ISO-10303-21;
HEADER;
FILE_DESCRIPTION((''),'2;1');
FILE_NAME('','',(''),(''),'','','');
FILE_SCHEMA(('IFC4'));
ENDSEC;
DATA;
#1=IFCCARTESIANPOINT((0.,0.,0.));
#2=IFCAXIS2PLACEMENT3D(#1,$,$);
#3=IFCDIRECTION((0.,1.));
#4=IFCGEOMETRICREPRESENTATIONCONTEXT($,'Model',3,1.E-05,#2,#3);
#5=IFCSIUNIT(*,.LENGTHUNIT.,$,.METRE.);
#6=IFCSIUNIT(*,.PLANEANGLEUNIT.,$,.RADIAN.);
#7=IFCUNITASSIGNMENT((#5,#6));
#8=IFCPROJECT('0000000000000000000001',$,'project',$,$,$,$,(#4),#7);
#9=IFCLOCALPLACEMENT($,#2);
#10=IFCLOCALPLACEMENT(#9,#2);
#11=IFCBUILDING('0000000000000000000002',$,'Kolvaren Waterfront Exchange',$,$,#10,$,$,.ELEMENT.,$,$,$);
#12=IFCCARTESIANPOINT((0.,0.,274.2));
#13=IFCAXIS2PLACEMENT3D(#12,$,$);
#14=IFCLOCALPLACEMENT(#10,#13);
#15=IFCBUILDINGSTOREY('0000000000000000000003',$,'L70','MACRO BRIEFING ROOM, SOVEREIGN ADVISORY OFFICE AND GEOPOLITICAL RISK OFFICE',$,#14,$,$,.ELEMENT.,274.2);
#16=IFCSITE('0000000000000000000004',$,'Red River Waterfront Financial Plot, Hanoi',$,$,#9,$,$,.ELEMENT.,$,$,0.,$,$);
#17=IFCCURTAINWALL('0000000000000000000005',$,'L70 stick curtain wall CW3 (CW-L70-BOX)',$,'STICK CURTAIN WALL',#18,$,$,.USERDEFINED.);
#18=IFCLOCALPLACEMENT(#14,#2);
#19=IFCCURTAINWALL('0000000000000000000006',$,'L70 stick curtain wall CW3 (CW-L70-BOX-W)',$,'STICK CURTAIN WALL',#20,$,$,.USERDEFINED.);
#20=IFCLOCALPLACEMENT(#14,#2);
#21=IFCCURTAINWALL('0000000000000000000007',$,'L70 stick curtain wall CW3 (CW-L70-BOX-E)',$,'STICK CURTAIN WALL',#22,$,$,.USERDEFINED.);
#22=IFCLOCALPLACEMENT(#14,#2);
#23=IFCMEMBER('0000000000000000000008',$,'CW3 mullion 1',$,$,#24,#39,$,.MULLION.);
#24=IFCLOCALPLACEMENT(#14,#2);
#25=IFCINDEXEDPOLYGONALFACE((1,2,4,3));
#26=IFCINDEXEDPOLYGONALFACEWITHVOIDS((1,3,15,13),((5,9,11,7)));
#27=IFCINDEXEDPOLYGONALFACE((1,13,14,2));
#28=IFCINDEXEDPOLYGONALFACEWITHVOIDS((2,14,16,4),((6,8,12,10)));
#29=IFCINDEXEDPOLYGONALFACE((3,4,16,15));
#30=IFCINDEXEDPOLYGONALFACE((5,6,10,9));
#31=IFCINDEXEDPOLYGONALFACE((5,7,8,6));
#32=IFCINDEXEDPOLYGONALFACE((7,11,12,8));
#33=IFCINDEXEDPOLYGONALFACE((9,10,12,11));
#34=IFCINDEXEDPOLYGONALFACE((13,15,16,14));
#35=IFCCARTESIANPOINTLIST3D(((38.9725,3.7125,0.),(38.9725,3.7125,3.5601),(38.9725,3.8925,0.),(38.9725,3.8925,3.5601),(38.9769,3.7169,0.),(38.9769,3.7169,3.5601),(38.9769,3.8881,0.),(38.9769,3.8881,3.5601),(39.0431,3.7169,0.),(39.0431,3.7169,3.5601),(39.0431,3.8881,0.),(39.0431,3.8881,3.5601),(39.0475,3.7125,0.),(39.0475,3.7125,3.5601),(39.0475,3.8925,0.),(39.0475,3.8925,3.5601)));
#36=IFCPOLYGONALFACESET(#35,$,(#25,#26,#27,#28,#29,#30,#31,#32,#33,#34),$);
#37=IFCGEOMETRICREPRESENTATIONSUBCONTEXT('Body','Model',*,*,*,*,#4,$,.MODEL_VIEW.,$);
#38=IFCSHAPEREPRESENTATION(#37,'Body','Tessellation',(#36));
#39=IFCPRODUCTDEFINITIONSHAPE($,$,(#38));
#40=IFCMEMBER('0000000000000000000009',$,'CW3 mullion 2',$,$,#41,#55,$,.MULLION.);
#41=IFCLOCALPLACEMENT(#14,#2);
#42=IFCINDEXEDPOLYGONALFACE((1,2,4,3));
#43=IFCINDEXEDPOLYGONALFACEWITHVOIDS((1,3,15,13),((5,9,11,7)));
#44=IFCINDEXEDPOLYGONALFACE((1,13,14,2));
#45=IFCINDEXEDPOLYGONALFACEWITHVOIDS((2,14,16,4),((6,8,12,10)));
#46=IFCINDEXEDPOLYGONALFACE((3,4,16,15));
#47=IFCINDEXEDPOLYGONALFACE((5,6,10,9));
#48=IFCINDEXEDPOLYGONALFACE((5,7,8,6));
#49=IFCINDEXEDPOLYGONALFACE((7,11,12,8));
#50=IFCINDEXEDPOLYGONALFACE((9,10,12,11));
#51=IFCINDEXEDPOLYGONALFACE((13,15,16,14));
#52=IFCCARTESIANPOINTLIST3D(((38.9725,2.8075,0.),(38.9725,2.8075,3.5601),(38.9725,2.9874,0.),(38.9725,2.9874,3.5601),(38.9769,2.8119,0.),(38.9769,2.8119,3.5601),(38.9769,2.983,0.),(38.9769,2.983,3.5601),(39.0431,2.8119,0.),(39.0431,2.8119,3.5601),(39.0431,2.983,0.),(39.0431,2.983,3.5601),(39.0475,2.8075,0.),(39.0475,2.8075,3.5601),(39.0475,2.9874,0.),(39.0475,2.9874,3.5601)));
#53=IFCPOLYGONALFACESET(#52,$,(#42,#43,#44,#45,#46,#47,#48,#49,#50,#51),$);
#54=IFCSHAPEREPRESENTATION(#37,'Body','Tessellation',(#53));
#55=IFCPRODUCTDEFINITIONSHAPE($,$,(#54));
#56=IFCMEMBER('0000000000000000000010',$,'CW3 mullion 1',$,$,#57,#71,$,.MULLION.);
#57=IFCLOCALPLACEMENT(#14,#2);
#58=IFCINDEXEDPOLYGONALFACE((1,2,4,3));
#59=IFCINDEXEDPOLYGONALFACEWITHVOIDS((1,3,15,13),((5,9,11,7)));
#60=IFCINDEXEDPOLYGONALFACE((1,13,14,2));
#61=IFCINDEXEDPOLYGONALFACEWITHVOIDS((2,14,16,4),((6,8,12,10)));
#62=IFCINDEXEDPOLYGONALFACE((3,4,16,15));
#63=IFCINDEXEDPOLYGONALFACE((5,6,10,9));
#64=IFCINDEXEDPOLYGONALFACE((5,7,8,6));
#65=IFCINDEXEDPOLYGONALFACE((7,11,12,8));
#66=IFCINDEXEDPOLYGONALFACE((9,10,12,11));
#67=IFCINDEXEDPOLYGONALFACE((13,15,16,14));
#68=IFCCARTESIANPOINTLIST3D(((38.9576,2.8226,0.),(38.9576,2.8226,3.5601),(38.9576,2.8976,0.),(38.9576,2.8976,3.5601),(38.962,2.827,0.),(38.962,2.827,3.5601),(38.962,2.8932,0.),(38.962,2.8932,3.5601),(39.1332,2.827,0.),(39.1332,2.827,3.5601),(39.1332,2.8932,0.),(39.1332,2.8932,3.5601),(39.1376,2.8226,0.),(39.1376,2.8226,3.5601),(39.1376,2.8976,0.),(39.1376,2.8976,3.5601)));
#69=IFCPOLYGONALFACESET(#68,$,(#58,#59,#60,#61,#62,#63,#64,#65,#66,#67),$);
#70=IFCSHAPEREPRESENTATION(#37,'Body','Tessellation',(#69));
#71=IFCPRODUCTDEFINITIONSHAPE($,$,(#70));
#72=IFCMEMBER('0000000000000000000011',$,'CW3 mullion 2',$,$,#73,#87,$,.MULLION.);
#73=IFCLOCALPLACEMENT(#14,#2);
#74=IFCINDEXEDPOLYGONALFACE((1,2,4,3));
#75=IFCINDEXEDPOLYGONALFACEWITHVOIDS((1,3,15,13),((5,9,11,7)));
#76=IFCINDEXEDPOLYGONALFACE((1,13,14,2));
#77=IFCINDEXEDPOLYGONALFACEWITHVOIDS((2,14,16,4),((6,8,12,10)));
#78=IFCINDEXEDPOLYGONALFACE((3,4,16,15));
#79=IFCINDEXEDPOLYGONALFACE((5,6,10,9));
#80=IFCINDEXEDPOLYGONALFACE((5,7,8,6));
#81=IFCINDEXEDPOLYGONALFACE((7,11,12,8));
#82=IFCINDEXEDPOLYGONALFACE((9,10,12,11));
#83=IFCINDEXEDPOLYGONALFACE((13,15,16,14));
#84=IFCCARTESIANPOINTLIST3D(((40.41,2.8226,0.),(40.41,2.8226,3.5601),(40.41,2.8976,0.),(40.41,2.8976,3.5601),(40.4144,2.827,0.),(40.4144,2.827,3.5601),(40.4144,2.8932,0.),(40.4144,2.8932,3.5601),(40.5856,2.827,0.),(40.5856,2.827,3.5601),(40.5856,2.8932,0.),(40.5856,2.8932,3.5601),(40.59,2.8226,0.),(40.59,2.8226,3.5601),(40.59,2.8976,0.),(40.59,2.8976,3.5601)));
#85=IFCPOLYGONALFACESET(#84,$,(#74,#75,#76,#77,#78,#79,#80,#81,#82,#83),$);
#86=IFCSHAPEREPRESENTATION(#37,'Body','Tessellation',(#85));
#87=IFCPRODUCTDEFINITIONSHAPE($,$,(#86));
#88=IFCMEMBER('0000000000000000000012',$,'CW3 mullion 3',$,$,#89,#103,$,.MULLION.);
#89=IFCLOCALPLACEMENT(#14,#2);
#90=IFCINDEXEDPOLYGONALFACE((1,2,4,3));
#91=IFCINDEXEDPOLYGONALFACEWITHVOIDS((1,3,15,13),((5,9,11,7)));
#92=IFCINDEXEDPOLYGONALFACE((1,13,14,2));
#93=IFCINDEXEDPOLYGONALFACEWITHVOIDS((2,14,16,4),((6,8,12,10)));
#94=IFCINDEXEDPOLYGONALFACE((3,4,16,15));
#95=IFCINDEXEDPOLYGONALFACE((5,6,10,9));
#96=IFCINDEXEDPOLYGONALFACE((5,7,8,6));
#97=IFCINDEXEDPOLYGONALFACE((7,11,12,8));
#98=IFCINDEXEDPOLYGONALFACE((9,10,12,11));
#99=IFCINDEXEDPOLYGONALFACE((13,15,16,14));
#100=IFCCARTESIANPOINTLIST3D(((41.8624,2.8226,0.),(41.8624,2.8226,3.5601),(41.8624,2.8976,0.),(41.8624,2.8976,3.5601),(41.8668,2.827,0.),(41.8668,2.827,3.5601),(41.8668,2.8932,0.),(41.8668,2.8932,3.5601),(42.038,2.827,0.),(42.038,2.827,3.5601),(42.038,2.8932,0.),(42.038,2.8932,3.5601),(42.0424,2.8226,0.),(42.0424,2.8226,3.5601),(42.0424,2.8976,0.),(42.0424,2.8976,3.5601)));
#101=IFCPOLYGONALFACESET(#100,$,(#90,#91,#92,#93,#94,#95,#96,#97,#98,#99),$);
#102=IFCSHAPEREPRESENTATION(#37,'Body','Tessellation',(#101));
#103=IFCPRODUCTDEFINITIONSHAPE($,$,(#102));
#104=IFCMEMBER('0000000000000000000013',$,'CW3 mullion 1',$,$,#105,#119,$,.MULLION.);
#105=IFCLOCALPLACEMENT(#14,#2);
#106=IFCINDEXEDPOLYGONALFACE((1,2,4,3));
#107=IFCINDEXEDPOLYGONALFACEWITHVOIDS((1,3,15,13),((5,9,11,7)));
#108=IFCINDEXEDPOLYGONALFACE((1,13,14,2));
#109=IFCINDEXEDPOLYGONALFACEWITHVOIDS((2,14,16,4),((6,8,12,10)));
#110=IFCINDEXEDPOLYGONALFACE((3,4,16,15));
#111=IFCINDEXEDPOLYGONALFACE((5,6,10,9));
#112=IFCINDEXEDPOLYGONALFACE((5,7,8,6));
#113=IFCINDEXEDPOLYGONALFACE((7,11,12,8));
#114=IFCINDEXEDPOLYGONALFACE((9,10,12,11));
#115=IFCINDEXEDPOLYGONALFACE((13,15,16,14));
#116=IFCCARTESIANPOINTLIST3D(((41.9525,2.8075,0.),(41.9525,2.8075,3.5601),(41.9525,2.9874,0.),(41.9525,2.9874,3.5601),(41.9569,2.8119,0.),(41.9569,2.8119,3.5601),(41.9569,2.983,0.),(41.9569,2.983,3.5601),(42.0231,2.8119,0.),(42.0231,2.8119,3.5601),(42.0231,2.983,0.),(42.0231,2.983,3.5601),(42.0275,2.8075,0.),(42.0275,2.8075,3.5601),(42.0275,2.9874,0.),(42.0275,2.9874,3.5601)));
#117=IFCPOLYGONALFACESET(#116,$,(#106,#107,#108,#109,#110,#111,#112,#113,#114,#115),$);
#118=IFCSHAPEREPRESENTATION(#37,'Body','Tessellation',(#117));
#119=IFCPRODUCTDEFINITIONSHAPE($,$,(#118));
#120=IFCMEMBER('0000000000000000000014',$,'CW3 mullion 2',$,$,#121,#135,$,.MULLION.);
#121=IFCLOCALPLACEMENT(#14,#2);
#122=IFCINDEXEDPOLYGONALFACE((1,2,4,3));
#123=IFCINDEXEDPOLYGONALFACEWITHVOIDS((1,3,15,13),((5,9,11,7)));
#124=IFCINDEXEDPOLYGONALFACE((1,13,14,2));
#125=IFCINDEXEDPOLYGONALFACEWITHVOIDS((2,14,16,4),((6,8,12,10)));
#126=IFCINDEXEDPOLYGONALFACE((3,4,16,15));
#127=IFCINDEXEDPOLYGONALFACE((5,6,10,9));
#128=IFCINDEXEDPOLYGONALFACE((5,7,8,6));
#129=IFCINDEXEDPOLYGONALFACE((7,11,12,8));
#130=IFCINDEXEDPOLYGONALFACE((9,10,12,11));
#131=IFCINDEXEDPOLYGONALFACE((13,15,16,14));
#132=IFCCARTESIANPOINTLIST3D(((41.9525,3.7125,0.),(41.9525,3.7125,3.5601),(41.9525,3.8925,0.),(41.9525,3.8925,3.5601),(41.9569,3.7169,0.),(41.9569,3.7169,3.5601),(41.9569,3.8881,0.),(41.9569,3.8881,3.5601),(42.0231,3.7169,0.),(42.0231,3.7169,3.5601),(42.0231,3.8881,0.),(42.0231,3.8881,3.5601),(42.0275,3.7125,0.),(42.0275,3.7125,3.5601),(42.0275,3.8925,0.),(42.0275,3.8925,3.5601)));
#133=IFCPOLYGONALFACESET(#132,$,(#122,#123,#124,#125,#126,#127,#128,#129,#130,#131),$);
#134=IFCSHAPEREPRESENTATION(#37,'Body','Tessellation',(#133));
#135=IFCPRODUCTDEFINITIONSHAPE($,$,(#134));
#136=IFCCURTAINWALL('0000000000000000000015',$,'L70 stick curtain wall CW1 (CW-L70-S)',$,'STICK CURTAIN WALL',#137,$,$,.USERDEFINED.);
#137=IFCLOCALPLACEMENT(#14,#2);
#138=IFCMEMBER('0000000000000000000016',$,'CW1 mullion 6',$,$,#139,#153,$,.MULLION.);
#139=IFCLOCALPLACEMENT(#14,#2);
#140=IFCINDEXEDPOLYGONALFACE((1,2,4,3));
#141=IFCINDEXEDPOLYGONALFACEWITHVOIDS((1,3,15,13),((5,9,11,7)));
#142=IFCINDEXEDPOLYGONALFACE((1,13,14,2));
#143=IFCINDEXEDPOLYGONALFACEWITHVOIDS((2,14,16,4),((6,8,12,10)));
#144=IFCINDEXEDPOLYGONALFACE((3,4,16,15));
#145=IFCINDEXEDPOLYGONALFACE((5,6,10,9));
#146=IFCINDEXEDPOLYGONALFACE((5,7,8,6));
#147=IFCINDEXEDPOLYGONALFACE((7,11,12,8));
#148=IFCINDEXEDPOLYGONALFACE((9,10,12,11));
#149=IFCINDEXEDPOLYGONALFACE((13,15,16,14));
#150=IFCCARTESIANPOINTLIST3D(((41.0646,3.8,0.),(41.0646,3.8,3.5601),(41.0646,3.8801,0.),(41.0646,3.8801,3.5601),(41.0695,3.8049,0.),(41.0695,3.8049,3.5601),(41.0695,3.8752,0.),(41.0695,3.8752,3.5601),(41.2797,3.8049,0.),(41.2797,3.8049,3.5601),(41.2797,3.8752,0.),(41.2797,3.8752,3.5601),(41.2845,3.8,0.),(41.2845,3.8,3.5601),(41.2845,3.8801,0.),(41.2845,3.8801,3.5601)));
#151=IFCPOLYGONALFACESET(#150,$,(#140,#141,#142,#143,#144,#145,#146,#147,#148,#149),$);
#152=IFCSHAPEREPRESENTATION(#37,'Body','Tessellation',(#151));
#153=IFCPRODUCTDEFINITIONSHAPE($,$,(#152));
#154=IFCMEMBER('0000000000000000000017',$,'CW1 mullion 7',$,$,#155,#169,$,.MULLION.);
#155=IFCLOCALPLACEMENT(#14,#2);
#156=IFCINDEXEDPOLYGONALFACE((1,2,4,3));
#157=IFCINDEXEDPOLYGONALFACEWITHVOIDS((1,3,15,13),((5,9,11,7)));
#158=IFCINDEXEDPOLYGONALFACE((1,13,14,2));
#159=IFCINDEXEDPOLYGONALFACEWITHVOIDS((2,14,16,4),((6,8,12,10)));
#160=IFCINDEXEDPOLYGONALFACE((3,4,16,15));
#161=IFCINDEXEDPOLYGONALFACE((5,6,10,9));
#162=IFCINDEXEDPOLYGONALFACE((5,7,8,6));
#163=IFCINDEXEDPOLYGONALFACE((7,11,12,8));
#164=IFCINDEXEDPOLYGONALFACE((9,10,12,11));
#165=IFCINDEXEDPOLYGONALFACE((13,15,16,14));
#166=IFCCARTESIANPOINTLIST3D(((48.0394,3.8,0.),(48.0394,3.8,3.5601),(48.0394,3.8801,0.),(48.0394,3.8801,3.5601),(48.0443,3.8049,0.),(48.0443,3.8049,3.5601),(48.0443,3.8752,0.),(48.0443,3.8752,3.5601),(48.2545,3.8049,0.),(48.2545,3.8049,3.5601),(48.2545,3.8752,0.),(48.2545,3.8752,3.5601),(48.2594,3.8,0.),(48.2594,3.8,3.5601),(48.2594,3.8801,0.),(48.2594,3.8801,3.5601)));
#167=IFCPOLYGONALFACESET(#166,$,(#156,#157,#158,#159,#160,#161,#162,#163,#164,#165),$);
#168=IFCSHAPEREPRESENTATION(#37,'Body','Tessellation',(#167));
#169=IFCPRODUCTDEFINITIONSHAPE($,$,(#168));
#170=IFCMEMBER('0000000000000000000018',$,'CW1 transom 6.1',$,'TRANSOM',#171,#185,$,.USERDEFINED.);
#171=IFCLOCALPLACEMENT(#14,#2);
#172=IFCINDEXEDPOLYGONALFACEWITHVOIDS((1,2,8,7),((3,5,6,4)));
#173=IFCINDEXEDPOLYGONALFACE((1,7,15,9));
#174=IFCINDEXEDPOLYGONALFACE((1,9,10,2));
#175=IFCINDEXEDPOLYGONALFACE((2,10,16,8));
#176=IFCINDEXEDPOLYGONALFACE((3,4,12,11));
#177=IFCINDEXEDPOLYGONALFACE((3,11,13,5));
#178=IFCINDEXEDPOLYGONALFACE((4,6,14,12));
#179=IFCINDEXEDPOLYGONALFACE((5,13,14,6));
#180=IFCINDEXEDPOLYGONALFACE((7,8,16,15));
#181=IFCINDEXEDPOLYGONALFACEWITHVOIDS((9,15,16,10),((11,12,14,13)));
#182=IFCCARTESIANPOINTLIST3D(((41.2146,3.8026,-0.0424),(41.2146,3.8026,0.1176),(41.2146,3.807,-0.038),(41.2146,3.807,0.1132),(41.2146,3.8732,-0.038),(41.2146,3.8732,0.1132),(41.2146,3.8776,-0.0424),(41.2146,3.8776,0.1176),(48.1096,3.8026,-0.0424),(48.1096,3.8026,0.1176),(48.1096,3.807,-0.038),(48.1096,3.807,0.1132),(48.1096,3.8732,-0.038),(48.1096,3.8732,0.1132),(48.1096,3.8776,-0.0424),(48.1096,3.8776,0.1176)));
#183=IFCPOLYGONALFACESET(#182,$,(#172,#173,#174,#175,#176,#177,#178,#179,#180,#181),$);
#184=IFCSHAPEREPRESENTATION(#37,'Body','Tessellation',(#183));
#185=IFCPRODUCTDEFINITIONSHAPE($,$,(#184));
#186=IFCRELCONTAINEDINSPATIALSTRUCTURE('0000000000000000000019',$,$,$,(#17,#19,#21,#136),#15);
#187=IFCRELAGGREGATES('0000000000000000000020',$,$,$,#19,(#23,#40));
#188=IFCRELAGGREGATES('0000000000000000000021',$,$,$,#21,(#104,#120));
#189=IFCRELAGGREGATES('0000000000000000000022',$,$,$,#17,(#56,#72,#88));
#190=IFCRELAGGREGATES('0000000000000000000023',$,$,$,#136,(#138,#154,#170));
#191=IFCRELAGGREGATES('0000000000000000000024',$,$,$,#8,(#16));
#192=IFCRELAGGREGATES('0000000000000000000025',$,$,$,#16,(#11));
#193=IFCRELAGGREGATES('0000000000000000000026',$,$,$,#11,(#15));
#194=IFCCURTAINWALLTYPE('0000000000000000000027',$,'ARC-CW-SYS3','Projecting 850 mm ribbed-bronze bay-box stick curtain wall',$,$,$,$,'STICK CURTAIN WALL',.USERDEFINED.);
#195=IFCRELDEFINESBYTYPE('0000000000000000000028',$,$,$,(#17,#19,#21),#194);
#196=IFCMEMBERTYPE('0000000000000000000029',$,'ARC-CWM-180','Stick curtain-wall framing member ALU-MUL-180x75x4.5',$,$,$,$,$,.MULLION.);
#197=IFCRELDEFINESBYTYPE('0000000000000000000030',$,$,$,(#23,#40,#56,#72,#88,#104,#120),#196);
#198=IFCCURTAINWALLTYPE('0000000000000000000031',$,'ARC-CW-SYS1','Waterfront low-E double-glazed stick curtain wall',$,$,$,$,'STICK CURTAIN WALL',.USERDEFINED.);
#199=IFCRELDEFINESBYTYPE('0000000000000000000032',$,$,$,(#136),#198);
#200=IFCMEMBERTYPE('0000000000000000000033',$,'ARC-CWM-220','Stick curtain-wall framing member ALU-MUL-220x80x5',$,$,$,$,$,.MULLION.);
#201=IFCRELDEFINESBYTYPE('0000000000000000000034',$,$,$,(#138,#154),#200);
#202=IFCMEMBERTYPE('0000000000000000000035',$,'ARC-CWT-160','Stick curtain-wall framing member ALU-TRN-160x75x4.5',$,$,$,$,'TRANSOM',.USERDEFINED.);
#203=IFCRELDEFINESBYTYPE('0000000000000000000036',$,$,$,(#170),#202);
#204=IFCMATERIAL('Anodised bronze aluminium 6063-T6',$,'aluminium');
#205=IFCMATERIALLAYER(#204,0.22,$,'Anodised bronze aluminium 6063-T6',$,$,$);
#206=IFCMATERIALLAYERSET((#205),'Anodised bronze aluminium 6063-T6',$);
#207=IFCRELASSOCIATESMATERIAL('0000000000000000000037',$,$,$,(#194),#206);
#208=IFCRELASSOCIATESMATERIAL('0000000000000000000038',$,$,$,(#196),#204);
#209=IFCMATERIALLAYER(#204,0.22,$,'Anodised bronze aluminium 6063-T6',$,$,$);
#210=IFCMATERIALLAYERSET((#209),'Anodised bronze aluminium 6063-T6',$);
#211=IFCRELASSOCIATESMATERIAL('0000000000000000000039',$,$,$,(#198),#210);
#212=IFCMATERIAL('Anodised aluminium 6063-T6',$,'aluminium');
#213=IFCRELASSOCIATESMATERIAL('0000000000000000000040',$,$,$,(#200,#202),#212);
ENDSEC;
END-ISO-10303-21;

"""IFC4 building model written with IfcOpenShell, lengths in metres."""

from ifc_helpers import new_model, si_unit, direction, frame, origin, origin_with_axes, origin_2d, place, context, subcontext, project, spatial, hollow_rectangle, extrude, source, transform, mapped, material, layer, layer_set, material_profile, profile_set, type_object, element, aggregate, save


model = new_model("IFC4")

# Units and contexts
model_context = context("Model", 3, precision=1e-05, world=origin(), true_north=direction((0.0, 1.0)))
body_context = subcontext(model_context, "Body", "Model", "MODEL_VIEW")
ifc_project = project(units=[si_unit("LENGTHUNIT", "METRE"), si_unit("PLANEANGLEUNIT", "RADIAN")], contexts=[model_context])

# Site, building, storey
site_placement = place(None, origin())
site = spatial("IfcSite", under=ifc_project, at=site_placement, Name="Red River Waterfront Financial Plot, Hanoi", CompositionType="ELEMENT", RefElevation=0.0)
building_placement = place(site_placement, origin())
building = spatial("IfcBuilding", under=site, at=building_placement, Name="Kolvaren Waterfront Exchange", CompositionType="ELEMENT")
storey_placement = place(building_placement, frame((0.0, 0.0, 274.2)))
storey = spatial("IfcBuildingStorey", under=building, at=storey_placement, Name="L70", Description="MACRO BRIEFING ROOM, SOVEREIGN ADVISORY OFFICE AND GEOPOLITICAL RISK OFFICE", CompositionType="ELEMENT", Elevation=274.2)

# Curtain walls
ifc_material_1 = material(Name="Anodised bronze aluminium 6063-T6", Category="aluminium")
ifc_layer_1 = layer(ifc_material_1, 0.22, Name="Anodised bronze aluminium 6063-T6")
ifc_layer_set_1 = layer_set([ifc_layer_1], Name="Anodised bronze aluminium 6063-T6")
curtain_wall_type_1 = type_object("IfcCurtainWallType", Name="ARC-CW-SYS3", Description="Projecting 850 mm ribbed-bronze bay-box stick curtain wall", ElementType="STICK CURTAIN WALL", PredefinedType="USERDEFINED", material=ifc_layer_set_1)
curtain_wall_1_placement = place(storey_placement, origin())
curtain_wall_1 = element("IfcCurtainWall", 1, at=curtain_wall_1_placement, inside=storey, type_object=curtain_wall_type_1, Name="L70 stick curtain wall CW3 (CW-L70-BOX)", ObjectType="STICK CURTAIN WALL", PredefinedType="USERDEFINED")
curtain_wall_2_placement = place(storey_placement, origin())
curtain_wall_2 = element("IfcCurtainWall", 2, at=curtain_wall_2_placement, inside=storey, type_object=curtain_wall_type_1, Name="L70 stick curtain wall CW3 (CW-L70-BOX-W)", ObjectType="STICK CURTAIN WALL", PredefinedType="USERDEFINED")
curtain_wall_3_placement = place(storey_placement, origin())
curtain_wall_3 = element("IfcCurtainWall", 3, at=curtain_wall_3_placement, inside=storey, type_object=curtain_wall_type_1, Name="L70 stick curtain wall CW3 (CW-L70-BOX-E)", ObjectType="STICK CURTAIN WALL", PredefinedType="USERDEFINED")

# Members
ifc_material_profile_1 = material_profile(ifc_material_1, hollow_rectangle(XDim=0.075, YDim=0.1799, WallThickness=0.0044, at=origin_2d()), Name="ALU-MUL-180x75x4.5")
ifc_profile_set_1 = profile_set([ifc_material_profile_1], Name="Anodised bronze aluminium 6063-T6")
member_type_1 = type_object("IfcMemberType", Name="ARC-CWM-180", Description="Stick curtain-wall framing member ALU-MUL-180x75x4.5", PredefinedType="MULLION", material=ifc_profile_set_1)
shared_shape_1 = source(origin_with_axes(), body_context, "Body", "SweptSolid", [
    extrude(hollow_rectangle(XDim=0.075, YDim=0.1799, WallThickness=0.0044, at=origin_2d()), origin(), (0.0, 0.0, 1.0), 3.5601),
])
member_1_placement = place(storey_placement, frame((39.01, 3.8025, 0.0), z_axis=(0.0, 0.0, 1.0), x_axis=(1.0, 0.0, 0.0)))
member_1 = element("IfcMember", 4, at=member_1_placement, type_object=member_type_1, Name="CW3 mullion 1", PredefinedType="MULLION", context=body_context, shape_type="MappedRepresentation", body=[
    mapped(shared_shape_1, transform((0.0, 0.0, 0.0), x_axis=(1.0, 0.0, 0.0), y_axis=(0.0, 1.0, 0.0), z_axis=(0.0, 0.0, 1.0), scale=1.0)),
])
member_2_placement = place(storey_placement, frame((39.01, 2.8975, 0.0), z_axis=(0.0, 0.0, 1.0), x_axis=(1.0, 0.0, 0.0)))
member_2 = element("IfcMember", 5, at=member_2_placement, type_object=member_type_1, Name="CW3 mullion 2", PredefinedType="MULLION", context=body_context, shape_type="MappedRepresentation", body=[
    mapped(shared_shape_1, transform((0.0, 0.0, 0.0), x_axis=(1.0, 0.0, 0.0), y_axis=(0.0, 1.0, 0.0), z_axis=(0.0, 0.0, 1.0), scale=1.0)),
])
member_3_placement = place(storey_placement, frame((39.0476, 2.8601, 0.0), z_axis=(0.0, 0.0, 1.0), x_axis=(0.0, 1.0, 0.0)))
member_3 = element("IfcMember", 6, at=member_3_placement, type_object=member_type_1, Name="CW3 mullion 1", PredefinedType="MULLION", context=body_context, shape_type="MappedRepresentation", body=[
    mapped(shared_shape_1, transform((0.0, 0.0, 0.0), x_axis=(1.0, 0.0, 0.0), y_axis=(0.0, 1.0, 0.0), z_axis=(0.0, 0.0, 1.0), scale=1.0)),
])
member_4_placement = place(storey_placement, frame((40.5, 2.8601, 0.0), z_axis=(0.0, 0.0, 1.0), x_axis=(0.0, 1.0, 0.0)))
member_4 = element("IfcMember", 7, at=member_4_placement, type_object=member_type_1, Name="CW3 mullion 2", PredefinedType="MULLION", context=body_context, shape_type="MappedRepresentation", body=[
    mapped(shared_shape_1, transform((0.0, 0.0, 0.0), x_axis=(1.0, 0.0, 0.0), y_axis=(0.0, 1.0, 0.0), z_axis=(0.0, 0.0, 1.0), scale=1.0)),
])
member_5_placement = place(storey_placement, frame((41.9524, 2.8601, 0.0), z_axis=(0.0, 0.0, 1.0), x_axis=(0.0, 1.0, 0.0)))
member_5 = element("IfcMember", 8, at=member_5_placement, type_object=member_type_1, Name="CW3 mullion 3", PredefinedType="MULLION", context=body_context, shape_type="MappedRepresentation", body=[
    mapped(shared_shape_1, transform((0.0, 0.0, 0.0), x_axis=(1.0, 0.0, 0.0), y_axis=(0.0, 1.0, 0.0), z_axis=(0.0, 0.0, 1.0), scale=1.0)),
])
member_6_placement = place(storey_placement, frame((41.99, 2.8975, 0.0), z_axis=(0.0, 0.0, 1.0), x_axis=(-1.0, 0.0, 0.0)))
member_6 = element("IfcMember", 9, at=member_6_placement, type_object=member_type_1, Name="CW3 mullion 1", PredefinedType="MULLION", context=body_context, shape_type="MappedRepresentation", body=[
    mapped(shared_shape_1, transform((0.0, 0.0, 0.0), x_axis=(1.0, 0.0, 0.0), y_axis=(0.0, 1.0, 0.0), z_axis=(0.0, 0.0, 1.0), scale=1.0)),
])
member_7_placement = place(storey_placement, frame((41.99, 3.8025, 0.0), z_axis=(0.0, 0.0, 1.0), x_axis=(-1.0, 0.0, 0.0)))
member_7 = element("IfcMember", 10, at=member_7_placement, type_object=member_type_1, Name="CW3 mullion 2", PredefinedType="MULLION", context=body_context, shape_type="MappedRepresentation", body=[
    mapped(shared_shape_1, transform((0.0, 0.0, 0.0), x_axis=(1.0, 0.0, 0.0), y_axis=(0.0, 1.0, 0.0), z_axis=(0.0, 0.0, 1.0), scale=1.0)),
])

# Curtain wall, members
ifc_layer_2 = layer(ifc_material_1, 0.22, Name="Anodised bronze aluminium 6063-T6")
ifc_layer_set_2 = layer_set([ifc_layer_2], Name="Anodised bronze aluminium 6063-T6")
curtain_wall_type_2 = type_object("IfcCurtainWallType", Name="ARC-CW-SYS1", Description="Waterfront low-E double-glazed stick curtain wall", ElementType="STICK CURTAIN WALL", PredefinedType="USERDEFINED", material=ifc_layer_set_2)
curtain_wall_4_placement = place(storey_placement, origin())
curtain_wall_4 = element("IfcCurtainWall", 11, at=curtain_wall_4_placement, inside=storey, type_object=curtain_wall_type_2, Name="L70 stick curtain wall CW1 (CW-L70-S)", ObjectType="STICK CURTAIN WALL", PredefinedType="USERDEFINED")
ifc_material_2 = material(Name="Anodised aluminium 6063-T6", Category="aluminium")
ifc_material_profile_2 = material_profile(ifc_material_2, hollow_rectangle(XDim=0.0801, YDim=0.22, WallThickness=0.0049, at=origin_2d()), Name="ALU-MUL-220x80x5")
ifc_profile_set_2 = profile_set([ifc_material_profile_2], Name="Anodised aluminium 6063-T6")
member_type_2 = type_object("IfcMemberType", Name="ARC-CWM-220", Description="Stick curtain-wall framing member ALU-MUL-220x80x5", PredefinedType="MULLION", material=ifc_profile_set_2)
shared_shape_2 = source(origin_with_axes(), body_context, "Body", "SweptSolid", [
    extrude(hollow_rectangle(XDim=0.0801, YDim=0.22, WallThickness=0.0049, at=origin_2d()), origin(), (0.0, 0.0, 1.0), 3.5601),
])
member_8_placement = place(storey_placement, frame((41.1746, 3.8401, 0.0), z_axis=(0.0, 0.0, 1.0), x_axis=(0.0, 1.0, 0.0)))
member_8 = element("IfcMember", 12, at=member_8_placement, type_object=member_type_2, Name="CW1 mullion 6", PredefinedType="MULLION", context=body_context, shape_type="MappedRepresentation", body=[
    mapped(shared_shape_2, transform((0.0, 0.0, 0.0), x_axis=(1.0, 0.0, 0.0), y_axis=(0.0, 1.0, 0.0), z_axis=(0.0, 0.0, 1.0), scale=1.0)),
])
member_9_placement = place(storey_placement, frame((48.1494, 3.8401, 0.0), z_axis=(0.0, 0.0, 1.0), x_axis=(0.0, 1.0, 0.0)))
member_9 = element("IfcMember", 13, at=member_9_placement, type_object=member_type_2, Name="CW1 mullion 7", PredefinedType="MULLION", context=body_context, shape_type="MappedRepresentation", body=[
    mapped(shared_shape_2, transform((0.0, 0.0, 0.0), x_axis=(1.0, 0.0, 0.0), y_axis=(0.0, 1.0, 0.0), z_axis=(0.0, 0.0, 1.0), scale=1.0)),
])
ifc_material_profile_3 = material_profile(ifc_material_2, hollow_rectangle(XDim=0.075, YDim=0.1599, WallThickness=0.0044, at=origin_2d()), Name="ALU-TRN-160x75x4.5")
ifc_profile_set_3 = profile_set([ifc_material_profile_3], Name="Anodised aluminium 6063-T6")
member_type_3 = type_object("IfcMemberType", Name="ARC-CWT-160", Description="Stick curtain-wall framing member ALU-TRN-160x75x4.5", ElementType="TRANSOM", PredefinedType="USERDEFINED", material=ifc_profile_set_3)
shared_shape_3 = source(origin_with_axes(), body_context, "Body", "SweptSolid", [
    extrude(hollow_rectangle(XDim=0.075, YDim=0.1599, WallThickness=0.0044, at=origin_2d()), origin(), (0.0, 0.0, 1.0), 6.895),
])
member_10_placement = place(storey_placement, frame((41.2146, 3.8401, 0.0376), z_axis=(1.0, 0.0, 0.0), x_axis=(0.0, 1.0, 0.0)))
member_10 = element("IfcMember", 14, at=member_10_placement, type_object=member_type_3, Name="CW1 transom 6.1", ObjectType="TRANSOM", PredefinedType="USERDEFINED", context=body_context, shape_type="MappedRepresentation", body=[
    mapped(shared_shape_3, transform((0.0, 0.0, 0.0), x_axis=(1.0, 0.0, 0.0), y_axis=(0.0, 1.0, 0.0), z_axis=(0.0, 0.0, 1.0), scale=1.0)),
])

aggregate(curtain_wall_2, [member_1, member_2])
aggregate(curtain_wall_3, [member_6, member_7])
aggregate(curtain_wall_1, [member_3, member_4, member_5])
aggregate(curtain_wall_4, [member_8, member_9, member_10])

save(model, "model.ifc")
